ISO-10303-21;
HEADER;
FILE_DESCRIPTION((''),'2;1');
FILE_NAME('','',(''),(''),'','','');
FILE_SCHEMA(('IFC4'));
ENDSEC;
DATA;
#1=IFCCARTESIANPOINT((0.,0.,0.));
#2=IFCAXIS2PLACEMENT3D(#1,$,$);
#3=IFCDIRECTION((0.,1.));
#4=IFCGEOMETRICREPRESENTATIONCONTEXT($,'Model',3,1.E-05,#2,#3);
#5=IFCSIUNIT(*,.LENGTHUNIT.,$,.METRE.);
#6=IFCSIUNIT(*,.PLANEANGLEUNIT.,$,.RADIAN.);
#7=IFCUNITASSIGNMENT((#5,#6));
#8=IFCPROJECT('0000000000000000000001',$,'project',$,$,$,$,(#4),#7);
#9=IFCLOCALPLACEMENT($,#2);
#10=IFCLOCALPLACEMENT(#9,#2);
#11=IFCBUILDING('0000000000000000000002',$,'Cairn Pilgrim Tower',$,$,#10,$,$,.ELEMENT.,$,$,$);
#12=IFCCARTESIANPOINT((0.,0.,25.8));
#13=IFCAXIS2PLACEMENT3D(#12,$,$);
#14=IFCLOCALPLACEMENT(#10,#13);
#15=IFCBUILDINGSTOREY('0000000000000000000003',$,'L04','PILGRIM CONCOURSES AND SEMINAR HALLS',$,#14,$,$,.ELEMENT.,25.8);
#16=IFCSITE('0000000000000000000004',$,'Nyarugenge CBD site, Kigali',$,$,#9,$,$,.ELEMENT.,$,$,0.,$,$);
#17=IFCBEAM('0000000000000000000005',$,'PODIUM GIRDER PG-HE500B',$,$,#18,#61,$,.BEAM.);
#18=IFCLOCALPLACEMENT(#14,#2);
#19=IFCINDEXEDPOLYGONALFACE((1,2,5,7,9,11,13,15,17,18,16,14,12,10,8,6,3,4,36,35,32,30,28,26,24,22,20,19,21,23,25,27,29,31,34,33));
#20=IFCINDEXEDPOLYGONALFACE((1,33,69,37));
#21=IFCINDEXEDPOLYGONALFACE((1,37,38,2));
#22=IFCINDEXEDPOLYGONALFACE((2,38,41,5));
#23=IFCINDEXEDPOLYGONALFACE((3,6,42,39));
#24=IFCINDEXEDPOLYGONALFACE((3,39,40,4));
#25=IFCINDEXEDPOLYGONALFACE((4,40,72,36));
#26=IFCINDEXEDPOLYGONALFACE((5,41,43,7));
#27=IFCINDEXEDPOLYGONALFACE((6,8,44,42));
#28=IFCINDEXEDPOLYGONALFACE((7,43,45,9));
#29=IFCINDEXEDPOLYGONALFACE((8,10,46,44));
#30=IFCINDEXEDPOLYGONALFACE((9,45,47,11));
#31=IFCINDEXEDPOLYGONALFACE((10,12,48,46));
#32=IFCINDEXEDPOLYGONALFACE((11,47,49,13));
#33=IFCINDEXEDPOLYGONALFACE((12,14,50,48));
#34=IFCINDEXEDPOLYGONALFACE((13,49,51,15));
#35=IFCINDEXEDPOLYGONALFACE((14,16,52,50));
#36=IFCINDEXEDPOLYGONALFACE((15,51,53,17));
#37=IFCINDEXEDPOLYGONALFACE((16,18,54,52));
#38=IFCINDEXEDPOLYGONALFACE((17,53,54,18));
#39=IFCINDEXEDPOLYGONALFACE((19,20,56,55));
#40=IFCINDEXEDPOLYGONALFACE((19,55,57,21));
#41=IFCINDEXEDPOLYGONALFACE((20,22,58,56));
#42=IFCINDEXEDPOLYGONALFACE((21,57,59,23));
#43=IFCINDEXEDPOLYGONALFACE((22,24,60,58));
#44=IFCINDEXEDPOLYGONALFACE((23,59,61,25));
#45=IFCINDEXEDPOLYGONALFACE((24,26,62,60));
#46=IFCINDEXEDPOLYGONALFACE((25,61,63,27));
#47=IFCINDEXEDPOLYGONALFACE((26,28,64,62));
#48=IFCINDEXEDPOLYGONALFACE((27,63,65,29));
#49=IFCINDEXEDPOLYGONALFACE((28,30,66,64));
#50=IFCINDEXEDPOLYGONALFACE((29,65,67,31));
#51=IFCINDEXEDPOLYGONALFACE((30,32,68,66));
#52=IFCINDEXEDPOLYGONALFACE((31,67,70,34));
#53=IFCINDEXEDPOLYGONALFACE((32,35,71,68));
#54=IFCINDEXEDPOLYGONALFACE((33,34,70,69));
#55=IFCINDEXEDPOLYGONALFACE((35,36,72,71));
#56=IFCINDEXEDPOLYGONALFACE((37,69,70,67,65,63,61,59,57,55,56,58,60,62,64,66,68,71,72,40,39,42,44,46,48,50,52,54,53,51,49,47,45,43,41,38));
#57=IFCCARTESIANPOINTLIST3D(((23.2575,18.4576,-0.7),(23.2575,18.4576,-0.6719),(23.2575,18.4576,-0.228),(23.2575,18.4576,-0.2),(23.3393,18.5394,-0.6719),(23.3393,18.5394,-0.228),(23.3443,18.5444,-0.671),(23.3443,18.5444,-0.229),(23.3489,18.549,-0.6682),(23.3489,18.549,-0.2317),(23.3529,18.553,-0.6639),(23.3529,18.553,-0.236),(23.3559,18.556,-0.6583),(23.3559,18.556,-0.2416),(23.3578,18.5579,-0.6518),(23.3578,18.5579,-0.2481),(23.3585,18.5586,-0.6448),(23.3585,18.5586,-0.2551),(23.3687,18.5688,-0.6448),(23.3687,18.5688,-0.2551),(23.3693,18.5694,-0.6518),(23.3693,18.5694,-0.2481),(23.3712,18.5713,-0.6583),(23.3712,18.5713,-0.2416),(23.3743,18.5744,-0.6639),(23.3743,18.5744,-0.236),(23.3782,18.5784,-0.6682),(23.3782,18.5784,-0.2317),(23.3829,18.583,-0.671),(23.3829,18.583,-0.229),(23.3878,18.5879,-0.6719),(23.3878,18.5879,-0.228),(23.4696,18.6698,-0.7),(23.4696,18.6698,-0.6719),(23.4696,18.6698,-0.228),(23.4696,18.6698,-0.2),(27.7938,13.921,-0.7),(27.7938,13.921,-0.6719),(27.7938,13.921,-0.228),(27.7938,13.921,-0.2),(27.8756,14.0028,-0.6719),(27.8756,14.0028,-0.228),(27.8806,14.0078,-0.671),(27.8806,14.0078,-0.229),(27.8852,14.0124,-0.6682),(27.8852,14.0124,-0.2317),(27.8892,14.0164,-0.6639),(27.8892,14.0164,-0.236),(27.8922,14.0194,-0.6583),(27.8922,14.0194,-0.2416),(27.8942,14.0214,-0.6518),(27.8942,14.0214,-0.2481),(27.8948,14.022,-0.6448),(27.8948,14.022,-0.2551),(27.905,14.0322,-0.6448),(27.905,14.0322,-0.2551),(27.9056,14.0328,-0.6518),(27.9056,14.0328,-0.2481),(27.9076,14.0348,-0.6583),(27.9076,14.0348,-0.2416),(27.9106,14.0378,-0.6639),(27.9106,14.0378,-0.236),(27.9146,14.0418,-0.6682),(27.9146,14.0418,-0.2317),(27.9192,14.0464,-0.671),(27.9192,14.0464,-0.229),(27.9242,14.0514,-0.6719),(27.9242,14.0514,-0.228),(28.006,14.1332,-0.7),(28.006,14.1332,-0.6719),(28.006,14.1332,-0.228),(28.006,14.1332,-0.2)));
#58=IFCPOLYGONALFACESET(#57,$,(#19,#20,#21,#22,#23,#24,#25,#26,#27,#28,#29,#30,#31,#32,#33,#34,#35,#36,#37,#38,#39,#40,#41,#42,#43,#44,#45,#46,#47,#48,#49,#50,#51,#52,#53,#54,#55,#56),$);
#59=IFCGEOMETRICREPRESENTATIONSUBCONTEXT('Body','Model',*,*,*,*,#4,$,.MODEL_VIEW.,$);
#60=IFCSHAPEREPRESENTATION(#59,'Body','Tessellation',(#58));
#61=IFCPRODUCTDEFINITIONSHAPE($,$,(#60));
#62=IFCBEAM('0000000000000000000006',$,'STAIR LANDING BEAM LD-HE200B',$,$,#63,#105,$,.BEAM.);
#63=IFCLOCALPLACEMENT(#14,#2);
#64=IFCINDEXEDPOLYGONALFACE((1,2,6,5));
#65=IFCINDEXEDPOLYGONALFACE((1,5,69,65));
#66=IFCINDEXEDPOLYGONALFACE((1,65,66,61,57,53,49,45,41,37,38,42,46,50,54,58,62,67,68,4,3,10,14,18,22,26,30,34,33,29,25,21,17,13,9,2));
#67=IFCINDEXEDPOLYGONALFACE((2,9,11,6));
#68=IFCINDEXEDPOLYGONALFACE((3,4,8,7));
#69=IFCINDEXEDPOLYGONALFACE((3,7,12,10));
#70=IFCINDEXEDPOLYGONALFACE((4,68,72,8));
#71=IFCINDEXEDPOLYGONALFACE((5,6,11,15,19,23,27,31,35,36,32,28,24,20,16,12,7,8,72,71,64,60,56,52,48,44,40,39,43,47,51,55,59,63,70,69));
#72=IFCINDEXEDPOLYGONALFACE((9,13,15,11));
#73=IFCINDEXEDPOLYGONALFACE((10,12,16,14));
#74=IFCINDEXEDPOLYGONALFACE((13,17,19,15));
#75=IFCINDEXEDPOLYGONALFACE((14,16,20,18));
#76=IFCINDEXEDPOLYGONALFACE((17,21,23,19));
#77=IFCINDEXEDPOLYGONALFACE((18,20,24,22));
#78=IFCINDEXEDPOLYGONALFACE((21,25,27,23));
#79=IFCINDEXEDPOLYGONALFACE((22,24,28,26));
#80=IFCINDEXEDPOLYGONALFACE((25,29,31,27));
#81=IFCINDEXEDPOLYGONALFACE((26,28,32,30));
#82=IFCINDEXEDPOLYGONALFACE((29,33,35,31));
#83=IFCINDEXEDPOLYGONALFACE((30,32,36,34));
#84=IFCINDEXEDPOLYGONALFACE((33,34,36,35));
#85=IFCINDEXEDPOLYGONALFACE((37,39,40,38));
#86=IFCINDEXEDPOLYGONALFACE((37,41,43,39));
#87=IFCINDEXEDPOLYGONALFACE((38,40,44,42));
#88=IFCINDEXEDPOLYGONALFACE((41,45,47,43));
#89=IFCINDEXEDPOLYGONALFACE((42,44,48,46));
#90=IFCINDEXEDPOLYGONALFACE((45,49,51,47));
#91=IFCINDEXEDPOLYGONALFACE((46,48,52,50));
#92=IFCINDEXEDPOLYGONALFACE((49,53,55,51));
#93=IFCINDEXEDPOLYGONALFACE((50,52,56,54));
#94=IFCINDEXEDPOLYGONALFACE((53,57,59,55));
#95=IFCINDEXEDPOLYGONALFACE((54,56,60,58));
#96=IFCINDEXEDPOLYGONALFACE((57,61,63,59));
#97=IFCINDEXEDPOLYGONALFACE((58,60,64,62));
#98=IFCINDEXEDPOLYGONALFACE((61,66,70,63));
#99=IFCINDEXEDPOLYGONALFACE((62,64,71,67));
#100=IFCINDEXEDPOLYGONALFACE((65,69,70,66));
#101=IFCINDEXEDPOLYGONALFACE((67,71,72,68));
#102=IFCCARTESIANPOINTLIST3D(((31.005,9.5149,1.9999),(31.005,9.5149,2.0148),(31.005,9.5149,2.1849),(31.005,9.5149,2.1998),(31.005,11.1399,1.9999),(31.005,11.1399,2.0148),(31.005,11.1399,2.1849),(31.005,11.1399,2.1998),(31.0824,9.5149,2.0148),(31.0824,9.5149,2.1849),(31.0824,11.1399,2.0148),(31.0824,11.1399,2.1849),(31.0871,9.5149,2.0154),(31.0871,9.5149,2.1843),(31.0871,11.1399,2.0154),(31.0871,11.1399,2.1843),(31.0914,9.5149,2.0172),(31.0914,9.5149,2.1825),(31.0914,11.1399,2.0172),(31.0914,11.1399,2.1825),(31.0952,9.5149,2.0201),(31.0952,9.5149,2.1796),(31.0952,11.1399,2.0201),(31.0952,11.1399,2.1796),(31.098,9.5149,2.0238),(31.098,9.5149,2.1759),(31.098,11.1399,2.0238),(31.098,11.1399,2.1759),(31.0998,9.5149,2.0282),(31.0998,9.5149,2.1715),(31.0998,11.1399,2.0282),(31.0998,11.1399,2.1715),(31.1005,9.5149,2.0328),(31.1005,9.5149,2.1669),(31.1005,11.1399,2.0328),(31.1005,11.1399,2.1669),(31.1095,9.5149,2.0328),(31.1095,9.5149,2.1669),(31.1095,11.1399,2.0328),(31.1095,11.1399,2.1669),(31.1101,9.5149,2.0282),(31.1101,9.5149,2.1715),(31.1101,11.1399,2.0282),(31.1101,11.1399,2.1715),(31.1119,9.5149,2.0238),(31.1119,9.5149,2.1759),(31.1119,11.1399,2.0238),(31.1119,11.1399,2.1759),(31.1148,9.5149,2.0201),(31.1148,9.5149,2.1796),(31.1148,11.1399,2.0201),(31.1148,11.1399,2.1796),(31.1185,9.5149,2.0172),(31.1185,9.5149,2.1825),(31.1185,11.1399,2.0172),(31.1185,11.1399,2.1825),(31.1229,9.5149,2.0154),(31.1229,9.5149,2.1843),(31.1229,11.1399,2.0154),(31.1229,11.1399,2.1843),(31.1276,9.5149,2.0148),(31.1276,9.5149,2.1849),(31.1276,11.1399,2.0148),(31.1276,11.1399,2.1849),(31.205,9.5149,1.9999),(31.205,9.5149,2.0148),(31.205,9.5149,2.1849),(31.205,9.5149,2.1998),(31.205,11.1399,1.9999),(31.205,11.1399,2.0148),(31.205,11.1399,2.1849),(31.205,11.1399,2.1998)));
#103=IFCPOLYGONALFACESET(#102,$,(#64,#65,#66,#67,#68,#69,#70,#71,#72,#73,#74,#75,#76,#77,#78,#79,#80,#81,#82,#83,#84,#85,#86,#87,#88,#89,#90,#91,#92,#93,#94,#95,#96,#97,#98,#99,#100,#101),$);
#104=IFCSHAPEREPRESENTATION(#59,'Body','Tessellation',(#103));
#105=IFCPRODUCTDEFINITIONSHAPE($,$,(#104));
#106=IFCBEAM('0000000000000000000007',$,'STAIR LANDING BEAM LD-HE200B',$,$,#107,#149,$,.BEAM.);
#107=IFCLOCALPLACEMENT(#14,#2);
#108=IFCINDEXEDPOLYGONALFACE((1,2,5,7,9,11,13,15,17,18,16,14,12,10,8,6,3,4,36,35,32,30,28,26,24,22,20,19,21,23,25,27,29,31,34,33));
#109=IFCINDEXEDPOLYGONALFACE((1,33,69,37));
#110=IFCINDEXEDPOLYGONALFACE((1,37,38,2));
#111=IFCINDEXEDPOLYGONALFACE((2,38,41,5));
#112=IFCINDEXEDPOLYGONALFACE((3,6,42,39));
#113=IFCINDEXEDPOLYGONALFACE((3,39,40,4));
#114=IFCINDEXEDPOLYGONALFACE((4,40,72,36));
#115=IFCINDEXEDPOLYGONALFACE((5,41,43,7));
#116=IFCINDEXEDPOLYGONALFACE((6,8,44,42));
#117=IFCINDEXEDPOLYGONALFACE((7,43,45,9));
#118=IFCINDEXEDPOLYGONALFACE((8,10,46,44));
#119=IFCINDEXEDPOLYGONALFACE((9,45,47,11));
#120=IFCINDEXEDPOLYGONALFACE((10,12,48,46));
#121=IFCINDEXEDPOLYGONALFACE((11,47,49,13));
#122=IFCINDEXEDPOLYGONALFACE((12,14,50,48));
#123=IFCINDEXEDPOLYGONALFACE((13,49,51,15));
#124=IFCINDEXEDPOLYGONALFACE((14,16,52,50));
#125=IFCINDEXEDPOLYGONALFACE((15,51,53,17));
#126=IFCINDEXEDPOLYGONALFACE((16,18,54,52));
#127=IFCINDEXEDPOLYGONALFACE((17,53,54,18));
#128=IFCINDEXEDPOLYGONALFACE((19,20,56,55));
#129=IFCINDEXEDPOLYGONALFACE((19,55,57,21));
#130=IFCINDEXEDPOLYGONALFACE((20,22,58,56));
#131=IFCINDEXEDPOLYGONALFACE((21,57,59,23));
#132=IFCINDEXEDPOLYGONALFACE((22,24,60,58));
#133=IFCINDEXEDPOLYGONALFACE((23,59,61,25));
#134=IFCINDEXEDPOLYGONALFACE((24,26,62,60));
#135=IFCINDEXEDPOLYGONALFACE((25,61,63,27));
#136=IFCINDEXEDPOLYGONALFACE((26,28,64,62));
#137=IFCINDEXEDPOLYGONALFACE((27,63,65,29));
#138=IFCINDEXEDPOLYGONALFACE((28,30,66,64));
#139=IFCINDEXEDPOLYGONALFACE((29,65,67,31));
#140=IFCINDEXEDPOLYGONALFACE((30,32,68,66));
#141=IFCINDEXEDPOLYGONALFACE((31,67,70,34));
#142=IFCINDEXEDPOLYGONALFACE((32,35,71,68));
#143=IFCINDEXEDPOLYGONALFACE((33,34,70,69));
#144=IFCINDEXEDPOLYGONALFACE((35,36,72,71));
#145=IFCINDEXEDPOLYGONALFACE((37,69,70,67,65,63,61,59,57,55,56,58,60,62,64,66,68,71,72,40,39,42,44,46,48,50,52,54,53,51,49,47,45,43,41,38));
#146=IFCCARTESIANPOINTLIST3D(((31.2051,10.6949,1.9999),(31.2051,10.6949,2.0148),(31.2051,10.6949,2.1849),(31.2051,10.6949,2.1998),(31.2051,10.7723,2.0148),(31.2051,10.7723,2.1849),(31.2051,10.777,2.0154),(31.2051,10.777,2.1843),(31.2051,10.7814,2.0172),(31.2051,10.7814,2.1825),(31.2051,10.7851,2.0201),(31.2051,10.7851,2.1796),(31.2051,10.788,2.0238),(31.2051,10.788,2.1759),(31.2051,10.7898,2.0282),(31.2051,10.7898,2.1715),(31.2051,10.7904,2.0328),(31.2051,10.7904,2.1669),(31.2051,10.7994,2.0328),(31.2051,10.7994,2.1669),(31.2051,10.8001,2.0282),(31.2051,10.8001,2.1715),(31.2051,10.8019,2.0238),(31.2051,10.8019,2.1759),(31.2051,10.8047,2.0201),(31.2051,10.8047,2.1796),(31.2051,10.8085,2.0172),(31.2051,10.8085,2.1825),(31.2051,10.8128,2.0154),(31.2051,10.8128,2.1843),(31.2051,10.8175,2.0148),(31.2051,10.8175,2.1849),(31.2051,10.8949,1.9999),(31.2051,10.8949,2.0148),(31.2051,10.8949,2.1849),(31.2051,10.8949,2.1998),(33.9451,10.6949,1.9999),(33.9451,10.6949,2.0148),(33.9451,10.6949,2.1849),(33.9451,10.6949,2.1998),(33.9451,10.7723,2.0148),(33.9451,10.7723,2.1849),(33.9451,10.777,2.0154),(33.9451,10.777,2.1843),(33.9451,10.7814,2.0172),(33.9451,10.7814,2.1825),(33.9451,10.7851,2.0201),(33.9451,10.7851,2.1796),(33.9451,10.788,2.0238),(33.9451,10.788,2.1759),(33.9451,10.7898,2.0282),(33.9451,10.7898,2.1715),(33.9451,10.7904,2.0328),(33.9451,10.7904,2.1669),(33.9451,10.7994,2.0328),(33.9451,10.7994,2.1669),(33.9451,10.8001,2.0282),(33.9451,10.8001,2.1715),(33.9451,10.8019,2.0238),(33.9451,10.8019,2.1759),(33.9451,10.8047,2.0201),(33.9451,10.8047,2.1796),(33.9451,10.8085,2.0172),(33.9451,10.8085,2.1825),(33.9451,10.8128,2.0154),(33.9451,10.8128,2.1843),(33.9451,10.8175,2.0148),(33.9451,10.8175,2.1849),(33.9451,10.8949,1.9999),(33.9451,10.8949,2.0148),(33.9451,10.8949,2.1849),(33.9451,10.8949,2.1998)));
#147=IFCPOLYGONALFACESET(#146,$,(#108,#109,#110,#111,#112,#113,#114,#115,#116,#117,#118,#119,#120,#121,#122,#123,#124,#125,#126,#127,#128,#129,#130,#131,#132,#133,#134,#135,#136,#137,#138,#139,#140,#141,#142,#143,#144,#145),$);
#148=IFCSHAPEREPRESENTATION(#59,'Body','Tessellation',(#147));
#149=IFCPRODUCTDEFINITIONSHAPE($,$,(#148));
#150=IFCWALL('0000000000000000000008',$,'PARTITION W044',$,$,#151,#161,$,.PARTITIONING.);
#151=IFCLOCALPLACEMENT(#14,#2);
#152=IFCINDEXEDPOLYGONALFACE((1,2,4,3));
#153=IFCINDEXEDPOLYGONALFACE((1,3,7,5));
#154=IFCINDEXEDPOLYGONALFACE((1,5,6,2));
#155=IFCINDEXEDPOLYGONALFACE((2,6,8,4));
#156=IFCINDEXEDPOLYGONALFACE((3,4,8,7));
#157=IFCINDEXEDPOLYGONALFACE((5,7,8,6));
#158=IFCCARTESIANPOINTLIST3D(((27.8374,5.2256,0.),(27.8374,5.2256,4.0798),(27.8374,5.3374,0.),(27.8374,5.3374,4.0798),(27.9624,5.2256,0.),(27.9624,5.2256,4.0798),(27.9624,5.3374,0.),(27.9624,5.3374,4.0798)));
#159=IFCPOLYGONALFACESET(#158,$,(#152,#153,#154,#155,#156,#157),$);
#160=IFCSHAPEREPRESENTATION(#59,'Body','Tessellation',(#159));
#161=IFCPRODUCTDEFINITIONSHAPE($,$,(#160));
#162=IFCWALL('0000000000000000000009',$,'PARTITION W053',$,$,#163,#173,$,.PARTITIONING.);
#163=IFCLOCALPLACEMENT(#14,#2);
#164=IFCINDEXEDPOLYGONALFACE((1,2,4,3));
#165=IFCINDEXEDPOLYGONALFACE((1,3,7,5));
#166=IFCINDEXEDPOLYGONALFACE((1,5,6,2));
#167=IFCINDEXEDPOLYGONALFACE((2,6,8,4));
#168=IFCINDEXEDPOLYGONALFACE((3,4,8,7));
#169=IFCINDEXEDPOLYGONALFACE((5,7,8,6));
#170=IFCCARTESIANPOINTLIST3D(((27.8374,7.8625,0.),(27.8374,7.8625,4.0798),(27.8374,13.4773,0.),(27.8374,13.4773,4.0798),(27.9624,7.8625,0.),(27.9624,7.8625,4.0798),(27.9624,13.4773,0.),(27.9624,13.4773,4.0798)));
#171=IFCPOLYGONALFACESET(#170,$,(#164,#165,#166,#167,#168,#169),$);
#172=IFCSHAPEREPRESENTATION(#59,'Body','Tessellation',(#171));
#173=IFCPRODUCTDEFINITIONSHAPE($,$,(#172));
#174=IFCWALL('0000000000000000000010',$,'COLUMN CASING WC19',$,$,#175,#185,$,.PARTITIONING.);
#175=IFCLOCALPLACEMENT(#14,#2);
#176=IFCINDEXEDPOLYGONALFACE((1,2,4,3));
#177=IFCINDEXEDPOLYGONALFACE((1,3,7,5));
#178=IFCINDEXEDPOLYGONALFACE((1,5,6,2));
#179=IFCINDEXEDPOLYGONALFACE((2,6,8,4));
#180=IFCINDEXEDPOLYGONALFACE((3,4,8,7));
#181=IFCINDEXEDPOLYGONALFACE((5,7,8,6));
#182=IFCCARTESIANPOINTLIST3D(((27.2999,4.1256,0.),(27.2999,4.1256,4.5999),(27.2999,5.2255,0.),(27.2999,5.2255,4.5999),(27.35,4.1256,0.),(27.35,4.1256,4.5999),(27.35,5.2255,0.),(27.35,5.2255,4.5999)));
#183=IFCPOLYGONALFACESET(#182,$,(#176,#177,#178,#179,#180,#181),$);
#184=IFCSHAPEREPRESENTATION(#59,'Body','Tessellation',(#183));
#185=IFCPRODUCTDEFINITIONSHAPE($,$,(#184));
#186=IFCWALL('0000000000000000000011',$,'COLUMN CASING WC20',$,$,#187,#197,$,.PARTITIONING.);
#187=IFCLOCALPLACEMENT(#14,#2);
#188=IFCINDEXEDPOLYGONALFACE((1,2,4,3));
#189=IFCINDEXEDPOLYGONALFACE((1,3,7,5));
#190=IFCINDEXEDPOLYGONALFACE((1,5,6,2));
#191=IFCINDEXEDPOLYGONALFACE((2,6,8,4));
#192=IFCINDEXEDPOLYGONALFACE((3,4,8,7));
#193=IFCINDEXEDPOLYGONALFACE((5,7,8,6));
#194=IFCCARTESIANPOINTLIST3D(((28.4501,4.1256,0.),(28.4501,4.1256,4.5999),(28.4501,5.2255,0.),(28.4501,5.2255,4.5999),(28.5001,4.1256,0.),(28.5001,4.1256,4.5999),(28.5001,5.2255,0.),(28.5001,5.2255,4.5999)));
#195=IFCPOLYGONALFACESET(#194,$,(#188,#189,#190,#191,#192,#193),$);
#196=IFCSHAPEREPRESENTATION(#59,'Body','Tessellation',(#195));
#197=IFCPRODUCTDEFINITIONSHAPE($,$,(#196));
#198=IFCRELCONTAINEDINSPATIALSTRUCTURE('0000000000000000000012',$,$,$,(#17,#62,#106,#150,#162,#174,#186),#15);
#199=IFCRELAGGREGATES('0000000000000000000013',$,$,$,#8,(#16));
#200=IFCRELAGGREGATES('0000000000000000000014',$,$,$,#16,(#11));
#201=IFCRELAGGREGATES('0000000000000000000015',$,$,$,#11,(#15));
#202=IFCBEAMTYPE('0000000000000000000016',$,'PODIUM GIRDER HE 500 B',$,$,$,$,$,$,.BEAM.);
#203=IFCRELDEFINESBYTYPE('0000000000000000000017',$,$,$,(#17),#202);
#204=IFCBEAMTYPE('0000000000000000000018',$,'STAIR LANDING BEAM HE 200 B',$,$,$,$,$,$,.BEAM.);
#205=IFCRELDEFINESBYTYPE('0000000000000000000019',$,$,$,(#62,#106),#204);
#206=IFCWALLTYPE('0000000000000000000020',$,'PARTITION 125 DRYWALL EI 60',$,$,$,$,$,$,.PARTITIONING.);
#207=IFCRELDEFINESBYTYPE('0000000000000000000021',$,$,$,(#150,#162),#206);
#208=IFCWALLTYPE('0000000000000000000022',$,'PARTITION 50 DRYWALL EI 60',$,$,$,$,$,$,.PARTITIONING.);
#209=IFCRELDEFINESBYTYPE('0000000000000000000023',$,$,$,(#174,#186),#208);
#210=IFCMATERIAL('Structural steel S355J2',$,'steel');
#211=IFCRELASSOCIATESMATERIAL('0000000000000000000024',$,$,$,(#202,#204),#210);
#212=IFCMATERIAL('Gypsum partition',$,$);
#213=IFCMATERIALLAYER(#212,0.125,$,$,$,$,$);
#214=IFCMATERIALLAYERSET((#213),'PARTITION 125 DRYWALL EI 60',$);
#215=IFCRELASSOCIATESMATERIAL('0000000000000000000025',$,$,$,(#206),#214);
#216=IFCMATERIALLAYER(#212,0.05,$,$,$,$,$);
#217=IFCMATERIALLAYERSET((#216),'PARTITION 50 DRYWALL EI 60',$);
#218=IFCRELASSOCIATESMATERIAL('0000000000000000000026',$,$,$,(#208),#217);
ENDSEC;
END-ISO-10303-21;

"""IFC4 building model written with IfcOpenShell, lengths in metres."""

from ifc_helpers import new_model, si_unit, direction, frame, frame_2d, origin, origin_2d, place, context, subcontext, project, spatial, rectangle, i_section, extrude, material, layer, layer_set, material_profile, profile_set, type_object, element, save


model = new_model("IFC4")

# Units and contexts
model_context = context("Model", 3, precision=1e-05, world=origin(), true_north=direction((0.0, 1.0)))
body_context = subcontext(model_context, "Body", "Model", "MODEL_VIEW")
ifc_project = project(units=[si_unit("LENGTHUNIT", "METRE"), si_unit("PLANEANGLEUNIT", "RADIAN")], contexts=[model_context])

# Site, building, storey
site_placement = place(None, origin())
site = spatial("IfcSite", under=ifc_project, at=site_placement, Name="Nyarugenge CBD site, Kigali", CompositionType="ELEMENT", RefElevation=0.0)
building_placement = place(site_placement, origin())
building = spatial("IfcBuilding", under=site, at=building_placement, Name="Cairn Pilgrim Tower", CompositionType="ELEMENT")
storey_placement = place(building_placement, frame((0.0, 0.0, 25.8)))
storey = spatial("IfcBuildingStorey", under=building, at=storey_placement, Name="L04", Description="PILGRIM CONCOURSES AND SEMINAR HALLS", CompositionType="ELEMENT", Elevation=25.8)

# Shared definitions
ifc_material_1 = material(Name="Structural steel S355J2", Category="steel")

# Beams
ifc_material_profile_1 = material_profile(ifc_material_1, i_section(OverallWidth=0.3, OverallDepth=0.5, WebThickness=0.0144, FlangeThickness=0.0281, FilletRadius=0.0271, at=origin_2d()), Name="HEB 500")
ifc_profile_set_1 = profile_set([ifc_material_profile_1], Name="Structural steel S355J2")
beam_type_1 = type_object("IfcBeamType", Name="PODIUM GIRDER HE 500 B", PredefinedType="BEAM", material=ifc_profile_set_1)
beam_1_placement = place(storey_placement, frame((27.8999, 14.0271, -0.45), z_axis=(-0.707088, 0.707126, 0.0), x_axis=(-0.707126, -0.707088, 0.0)))
element("IfcBeam", 1, at=beam_1_placement, inside=storey, type_object=beam_type_1, Name="PODIUM GIRDER PG-HE500B", PredefinedType="BEAM", context=body_context, shape_type="SweptSolid", body=[
    extrude(i_section(OverallWidth=0.3, OverallDepth=0.5, WebThickness=0.0144, FlangeThickness=0.0281, FilletRadius=0.0271, at=origin_2d()), origin(), (0.0, 0.0, 1.0), 6.4155),
])
ifc_material_profile_2 = material_profile(ifc_material_1, i_section(OverallWidth=0.2, OverallDepth=0.2, WebThickness=0.009, FlangeThickness=0.0149, FilletRadius=0.0181, at=origin_2d()), Name="HE 200 B")
ifc_profile_set_2 = profile_set([ifc_material_profile_2], Name="Structural steel S355J2")
beam_type_2 = type_object("IfcBeamType", Name="STAIR LANDING BEAM HE 200 B", PredefinedType="BEAM", material=ifc_profile_set_2)
beam_2_placement = place(storey_placement, frame((31.105, 11.1399, 2.0999), z_axis=(0.0, -1.0, 0.0), x_axis=(1.0, 0.0, 0.0)))
element("IfcBeam", 2, at=beam_2_placement, inside=storey, type_object=beam_type_2, Name="STAIR LANDING BEAM LD-HE200B", PredefinedType="BEAM", context=body_context, shape_type="SweptSolid", body=[
    extrude(i_section(OverallWidth=0.2, OverallDepth=0.2, WebThickness=0.009, FlangeThickness=0.0149, FilletRadius=0.0181, at=origin_2d()), origin(), (0.0, 0.0, 1.0), 1.625),
])
beam_3_placement = place(storey_placement, frame((31.2051, 10.7949, 2.0999), z_axis=(1.0, 0.0, 0.0), x_axis=(0.0, 1.0, 0.0)))
element("IfcBeam", 3, at=beam_3_placement, inside=storey, type_object=beam_type_2, Name="STAIR LANDING BEAM LD-HE200B", PredefinedType="BEAM", context=body_context, shape_type="SweptSolid", body=[
    extrude(i_section(OverallWidth=0.2, OverallDepth=0.2, WebThickness=0.009, FlangeThickness=0.0149, FilletRadius=0.0181, at=origin_2d()), origin(), (0.0, 0.0, 1.0), 2.74),
])

# Walls
ifc_material_2 = material(Name="Gypsum partition")
ifc_layer_1 = layer(ifc_material_2, 0.125)
ifc_layer_set_1 = layer_set([ifc_layer_1], Name="PARTITION 125 DRYWALL EI 60")
wall_type_1 = type_object("IfcWallType", Name="PARTITION 125 DRYWALL EI 60", PredefinedType="PARTITIONING", material=ifc_layer_set_1)
wall_1_placement = place(storey_placement, frame((27.8999, 5.2256, 0.0), z_axis=(0.0, 0.0, 1.0), x_axis=(0.0, 1.0, 0.0)))
element("IfcWall", 4, at=wall_1_placement, inside=storey, type_object=wall_type_1, Name="PARTITION W044", PredefinedType="PARTITIONING", context=body_context, shape_type="SweptSolid", body=[
    extrude(rectangle(XDim=0.1118, YDim=0.125, at=frame_2d((0.0559, 0.0))), origin(), (0.0, 0.0, 1.0), 4.0798),
])
wall_2_placement = place(storey_placement, frame((27.8999, 7.8625, 0.0), z_axis=(0.0, 0.0, 1.0), x_axis=(0.0, 1.0, 0.0)))
element("IfcWall", 5, at=wall_2_placement, inside=storey, type_object=wall_type_1, Name="PARTITION W053", PredefinedType="PARTITIONING", context=body_context, shape_type="SweptSolid", body=[
    extrude(rectangle(XDim=5.6147, YDim=0.125, at=frame_2d((2.8074, 0.0))), origin(), (0.0, 0.0, 1.0), 4.0798),
])
ifc_layer_2 = layer(ifc_material_2, 0.05)
ifc_layer_set_2 = layer_set([ifc_layer_2], Name="PARTITION 50 DRYWALL EI 60")
wall_type_2 = type_object("IfcWallType", Name="PARTITION 50 DRYWALL EI 60", PredefinedType="PARTITIONING", material=ifc_layer_set_2)
for number, where, z_axis, x_axis, name in (
    (6, (27.325, 4.1257, 0.0), (0.0, 0.0, 1.0), (0.0, 1.0, 0.0), "COLUMN CASING WC19"),
    (7, (28.4751, 4.1257, 0.0), (0.0, 0.0, 1.0), (0.0, 1.0, 0.0), "COLUMN CASING WC20"),
):
    element("IfcWall", number, at=place(storey_placement, frame(where, z_axis=z_axis, x_axis=x_axis)), inside=storey, type_object=wall_type_2, Name=name, PredefinedType="PARTITIONING", context=body_context, shape_type="SweptSolid", body=[
        extrude(rectangle(XDim=1.0999, YDim=0.05, at=frame_2d((0.5498, 0.0))), origin(), (0.0, 0.0, 1.0), 4.5999),
    ])

save(model, "model.ifc")
